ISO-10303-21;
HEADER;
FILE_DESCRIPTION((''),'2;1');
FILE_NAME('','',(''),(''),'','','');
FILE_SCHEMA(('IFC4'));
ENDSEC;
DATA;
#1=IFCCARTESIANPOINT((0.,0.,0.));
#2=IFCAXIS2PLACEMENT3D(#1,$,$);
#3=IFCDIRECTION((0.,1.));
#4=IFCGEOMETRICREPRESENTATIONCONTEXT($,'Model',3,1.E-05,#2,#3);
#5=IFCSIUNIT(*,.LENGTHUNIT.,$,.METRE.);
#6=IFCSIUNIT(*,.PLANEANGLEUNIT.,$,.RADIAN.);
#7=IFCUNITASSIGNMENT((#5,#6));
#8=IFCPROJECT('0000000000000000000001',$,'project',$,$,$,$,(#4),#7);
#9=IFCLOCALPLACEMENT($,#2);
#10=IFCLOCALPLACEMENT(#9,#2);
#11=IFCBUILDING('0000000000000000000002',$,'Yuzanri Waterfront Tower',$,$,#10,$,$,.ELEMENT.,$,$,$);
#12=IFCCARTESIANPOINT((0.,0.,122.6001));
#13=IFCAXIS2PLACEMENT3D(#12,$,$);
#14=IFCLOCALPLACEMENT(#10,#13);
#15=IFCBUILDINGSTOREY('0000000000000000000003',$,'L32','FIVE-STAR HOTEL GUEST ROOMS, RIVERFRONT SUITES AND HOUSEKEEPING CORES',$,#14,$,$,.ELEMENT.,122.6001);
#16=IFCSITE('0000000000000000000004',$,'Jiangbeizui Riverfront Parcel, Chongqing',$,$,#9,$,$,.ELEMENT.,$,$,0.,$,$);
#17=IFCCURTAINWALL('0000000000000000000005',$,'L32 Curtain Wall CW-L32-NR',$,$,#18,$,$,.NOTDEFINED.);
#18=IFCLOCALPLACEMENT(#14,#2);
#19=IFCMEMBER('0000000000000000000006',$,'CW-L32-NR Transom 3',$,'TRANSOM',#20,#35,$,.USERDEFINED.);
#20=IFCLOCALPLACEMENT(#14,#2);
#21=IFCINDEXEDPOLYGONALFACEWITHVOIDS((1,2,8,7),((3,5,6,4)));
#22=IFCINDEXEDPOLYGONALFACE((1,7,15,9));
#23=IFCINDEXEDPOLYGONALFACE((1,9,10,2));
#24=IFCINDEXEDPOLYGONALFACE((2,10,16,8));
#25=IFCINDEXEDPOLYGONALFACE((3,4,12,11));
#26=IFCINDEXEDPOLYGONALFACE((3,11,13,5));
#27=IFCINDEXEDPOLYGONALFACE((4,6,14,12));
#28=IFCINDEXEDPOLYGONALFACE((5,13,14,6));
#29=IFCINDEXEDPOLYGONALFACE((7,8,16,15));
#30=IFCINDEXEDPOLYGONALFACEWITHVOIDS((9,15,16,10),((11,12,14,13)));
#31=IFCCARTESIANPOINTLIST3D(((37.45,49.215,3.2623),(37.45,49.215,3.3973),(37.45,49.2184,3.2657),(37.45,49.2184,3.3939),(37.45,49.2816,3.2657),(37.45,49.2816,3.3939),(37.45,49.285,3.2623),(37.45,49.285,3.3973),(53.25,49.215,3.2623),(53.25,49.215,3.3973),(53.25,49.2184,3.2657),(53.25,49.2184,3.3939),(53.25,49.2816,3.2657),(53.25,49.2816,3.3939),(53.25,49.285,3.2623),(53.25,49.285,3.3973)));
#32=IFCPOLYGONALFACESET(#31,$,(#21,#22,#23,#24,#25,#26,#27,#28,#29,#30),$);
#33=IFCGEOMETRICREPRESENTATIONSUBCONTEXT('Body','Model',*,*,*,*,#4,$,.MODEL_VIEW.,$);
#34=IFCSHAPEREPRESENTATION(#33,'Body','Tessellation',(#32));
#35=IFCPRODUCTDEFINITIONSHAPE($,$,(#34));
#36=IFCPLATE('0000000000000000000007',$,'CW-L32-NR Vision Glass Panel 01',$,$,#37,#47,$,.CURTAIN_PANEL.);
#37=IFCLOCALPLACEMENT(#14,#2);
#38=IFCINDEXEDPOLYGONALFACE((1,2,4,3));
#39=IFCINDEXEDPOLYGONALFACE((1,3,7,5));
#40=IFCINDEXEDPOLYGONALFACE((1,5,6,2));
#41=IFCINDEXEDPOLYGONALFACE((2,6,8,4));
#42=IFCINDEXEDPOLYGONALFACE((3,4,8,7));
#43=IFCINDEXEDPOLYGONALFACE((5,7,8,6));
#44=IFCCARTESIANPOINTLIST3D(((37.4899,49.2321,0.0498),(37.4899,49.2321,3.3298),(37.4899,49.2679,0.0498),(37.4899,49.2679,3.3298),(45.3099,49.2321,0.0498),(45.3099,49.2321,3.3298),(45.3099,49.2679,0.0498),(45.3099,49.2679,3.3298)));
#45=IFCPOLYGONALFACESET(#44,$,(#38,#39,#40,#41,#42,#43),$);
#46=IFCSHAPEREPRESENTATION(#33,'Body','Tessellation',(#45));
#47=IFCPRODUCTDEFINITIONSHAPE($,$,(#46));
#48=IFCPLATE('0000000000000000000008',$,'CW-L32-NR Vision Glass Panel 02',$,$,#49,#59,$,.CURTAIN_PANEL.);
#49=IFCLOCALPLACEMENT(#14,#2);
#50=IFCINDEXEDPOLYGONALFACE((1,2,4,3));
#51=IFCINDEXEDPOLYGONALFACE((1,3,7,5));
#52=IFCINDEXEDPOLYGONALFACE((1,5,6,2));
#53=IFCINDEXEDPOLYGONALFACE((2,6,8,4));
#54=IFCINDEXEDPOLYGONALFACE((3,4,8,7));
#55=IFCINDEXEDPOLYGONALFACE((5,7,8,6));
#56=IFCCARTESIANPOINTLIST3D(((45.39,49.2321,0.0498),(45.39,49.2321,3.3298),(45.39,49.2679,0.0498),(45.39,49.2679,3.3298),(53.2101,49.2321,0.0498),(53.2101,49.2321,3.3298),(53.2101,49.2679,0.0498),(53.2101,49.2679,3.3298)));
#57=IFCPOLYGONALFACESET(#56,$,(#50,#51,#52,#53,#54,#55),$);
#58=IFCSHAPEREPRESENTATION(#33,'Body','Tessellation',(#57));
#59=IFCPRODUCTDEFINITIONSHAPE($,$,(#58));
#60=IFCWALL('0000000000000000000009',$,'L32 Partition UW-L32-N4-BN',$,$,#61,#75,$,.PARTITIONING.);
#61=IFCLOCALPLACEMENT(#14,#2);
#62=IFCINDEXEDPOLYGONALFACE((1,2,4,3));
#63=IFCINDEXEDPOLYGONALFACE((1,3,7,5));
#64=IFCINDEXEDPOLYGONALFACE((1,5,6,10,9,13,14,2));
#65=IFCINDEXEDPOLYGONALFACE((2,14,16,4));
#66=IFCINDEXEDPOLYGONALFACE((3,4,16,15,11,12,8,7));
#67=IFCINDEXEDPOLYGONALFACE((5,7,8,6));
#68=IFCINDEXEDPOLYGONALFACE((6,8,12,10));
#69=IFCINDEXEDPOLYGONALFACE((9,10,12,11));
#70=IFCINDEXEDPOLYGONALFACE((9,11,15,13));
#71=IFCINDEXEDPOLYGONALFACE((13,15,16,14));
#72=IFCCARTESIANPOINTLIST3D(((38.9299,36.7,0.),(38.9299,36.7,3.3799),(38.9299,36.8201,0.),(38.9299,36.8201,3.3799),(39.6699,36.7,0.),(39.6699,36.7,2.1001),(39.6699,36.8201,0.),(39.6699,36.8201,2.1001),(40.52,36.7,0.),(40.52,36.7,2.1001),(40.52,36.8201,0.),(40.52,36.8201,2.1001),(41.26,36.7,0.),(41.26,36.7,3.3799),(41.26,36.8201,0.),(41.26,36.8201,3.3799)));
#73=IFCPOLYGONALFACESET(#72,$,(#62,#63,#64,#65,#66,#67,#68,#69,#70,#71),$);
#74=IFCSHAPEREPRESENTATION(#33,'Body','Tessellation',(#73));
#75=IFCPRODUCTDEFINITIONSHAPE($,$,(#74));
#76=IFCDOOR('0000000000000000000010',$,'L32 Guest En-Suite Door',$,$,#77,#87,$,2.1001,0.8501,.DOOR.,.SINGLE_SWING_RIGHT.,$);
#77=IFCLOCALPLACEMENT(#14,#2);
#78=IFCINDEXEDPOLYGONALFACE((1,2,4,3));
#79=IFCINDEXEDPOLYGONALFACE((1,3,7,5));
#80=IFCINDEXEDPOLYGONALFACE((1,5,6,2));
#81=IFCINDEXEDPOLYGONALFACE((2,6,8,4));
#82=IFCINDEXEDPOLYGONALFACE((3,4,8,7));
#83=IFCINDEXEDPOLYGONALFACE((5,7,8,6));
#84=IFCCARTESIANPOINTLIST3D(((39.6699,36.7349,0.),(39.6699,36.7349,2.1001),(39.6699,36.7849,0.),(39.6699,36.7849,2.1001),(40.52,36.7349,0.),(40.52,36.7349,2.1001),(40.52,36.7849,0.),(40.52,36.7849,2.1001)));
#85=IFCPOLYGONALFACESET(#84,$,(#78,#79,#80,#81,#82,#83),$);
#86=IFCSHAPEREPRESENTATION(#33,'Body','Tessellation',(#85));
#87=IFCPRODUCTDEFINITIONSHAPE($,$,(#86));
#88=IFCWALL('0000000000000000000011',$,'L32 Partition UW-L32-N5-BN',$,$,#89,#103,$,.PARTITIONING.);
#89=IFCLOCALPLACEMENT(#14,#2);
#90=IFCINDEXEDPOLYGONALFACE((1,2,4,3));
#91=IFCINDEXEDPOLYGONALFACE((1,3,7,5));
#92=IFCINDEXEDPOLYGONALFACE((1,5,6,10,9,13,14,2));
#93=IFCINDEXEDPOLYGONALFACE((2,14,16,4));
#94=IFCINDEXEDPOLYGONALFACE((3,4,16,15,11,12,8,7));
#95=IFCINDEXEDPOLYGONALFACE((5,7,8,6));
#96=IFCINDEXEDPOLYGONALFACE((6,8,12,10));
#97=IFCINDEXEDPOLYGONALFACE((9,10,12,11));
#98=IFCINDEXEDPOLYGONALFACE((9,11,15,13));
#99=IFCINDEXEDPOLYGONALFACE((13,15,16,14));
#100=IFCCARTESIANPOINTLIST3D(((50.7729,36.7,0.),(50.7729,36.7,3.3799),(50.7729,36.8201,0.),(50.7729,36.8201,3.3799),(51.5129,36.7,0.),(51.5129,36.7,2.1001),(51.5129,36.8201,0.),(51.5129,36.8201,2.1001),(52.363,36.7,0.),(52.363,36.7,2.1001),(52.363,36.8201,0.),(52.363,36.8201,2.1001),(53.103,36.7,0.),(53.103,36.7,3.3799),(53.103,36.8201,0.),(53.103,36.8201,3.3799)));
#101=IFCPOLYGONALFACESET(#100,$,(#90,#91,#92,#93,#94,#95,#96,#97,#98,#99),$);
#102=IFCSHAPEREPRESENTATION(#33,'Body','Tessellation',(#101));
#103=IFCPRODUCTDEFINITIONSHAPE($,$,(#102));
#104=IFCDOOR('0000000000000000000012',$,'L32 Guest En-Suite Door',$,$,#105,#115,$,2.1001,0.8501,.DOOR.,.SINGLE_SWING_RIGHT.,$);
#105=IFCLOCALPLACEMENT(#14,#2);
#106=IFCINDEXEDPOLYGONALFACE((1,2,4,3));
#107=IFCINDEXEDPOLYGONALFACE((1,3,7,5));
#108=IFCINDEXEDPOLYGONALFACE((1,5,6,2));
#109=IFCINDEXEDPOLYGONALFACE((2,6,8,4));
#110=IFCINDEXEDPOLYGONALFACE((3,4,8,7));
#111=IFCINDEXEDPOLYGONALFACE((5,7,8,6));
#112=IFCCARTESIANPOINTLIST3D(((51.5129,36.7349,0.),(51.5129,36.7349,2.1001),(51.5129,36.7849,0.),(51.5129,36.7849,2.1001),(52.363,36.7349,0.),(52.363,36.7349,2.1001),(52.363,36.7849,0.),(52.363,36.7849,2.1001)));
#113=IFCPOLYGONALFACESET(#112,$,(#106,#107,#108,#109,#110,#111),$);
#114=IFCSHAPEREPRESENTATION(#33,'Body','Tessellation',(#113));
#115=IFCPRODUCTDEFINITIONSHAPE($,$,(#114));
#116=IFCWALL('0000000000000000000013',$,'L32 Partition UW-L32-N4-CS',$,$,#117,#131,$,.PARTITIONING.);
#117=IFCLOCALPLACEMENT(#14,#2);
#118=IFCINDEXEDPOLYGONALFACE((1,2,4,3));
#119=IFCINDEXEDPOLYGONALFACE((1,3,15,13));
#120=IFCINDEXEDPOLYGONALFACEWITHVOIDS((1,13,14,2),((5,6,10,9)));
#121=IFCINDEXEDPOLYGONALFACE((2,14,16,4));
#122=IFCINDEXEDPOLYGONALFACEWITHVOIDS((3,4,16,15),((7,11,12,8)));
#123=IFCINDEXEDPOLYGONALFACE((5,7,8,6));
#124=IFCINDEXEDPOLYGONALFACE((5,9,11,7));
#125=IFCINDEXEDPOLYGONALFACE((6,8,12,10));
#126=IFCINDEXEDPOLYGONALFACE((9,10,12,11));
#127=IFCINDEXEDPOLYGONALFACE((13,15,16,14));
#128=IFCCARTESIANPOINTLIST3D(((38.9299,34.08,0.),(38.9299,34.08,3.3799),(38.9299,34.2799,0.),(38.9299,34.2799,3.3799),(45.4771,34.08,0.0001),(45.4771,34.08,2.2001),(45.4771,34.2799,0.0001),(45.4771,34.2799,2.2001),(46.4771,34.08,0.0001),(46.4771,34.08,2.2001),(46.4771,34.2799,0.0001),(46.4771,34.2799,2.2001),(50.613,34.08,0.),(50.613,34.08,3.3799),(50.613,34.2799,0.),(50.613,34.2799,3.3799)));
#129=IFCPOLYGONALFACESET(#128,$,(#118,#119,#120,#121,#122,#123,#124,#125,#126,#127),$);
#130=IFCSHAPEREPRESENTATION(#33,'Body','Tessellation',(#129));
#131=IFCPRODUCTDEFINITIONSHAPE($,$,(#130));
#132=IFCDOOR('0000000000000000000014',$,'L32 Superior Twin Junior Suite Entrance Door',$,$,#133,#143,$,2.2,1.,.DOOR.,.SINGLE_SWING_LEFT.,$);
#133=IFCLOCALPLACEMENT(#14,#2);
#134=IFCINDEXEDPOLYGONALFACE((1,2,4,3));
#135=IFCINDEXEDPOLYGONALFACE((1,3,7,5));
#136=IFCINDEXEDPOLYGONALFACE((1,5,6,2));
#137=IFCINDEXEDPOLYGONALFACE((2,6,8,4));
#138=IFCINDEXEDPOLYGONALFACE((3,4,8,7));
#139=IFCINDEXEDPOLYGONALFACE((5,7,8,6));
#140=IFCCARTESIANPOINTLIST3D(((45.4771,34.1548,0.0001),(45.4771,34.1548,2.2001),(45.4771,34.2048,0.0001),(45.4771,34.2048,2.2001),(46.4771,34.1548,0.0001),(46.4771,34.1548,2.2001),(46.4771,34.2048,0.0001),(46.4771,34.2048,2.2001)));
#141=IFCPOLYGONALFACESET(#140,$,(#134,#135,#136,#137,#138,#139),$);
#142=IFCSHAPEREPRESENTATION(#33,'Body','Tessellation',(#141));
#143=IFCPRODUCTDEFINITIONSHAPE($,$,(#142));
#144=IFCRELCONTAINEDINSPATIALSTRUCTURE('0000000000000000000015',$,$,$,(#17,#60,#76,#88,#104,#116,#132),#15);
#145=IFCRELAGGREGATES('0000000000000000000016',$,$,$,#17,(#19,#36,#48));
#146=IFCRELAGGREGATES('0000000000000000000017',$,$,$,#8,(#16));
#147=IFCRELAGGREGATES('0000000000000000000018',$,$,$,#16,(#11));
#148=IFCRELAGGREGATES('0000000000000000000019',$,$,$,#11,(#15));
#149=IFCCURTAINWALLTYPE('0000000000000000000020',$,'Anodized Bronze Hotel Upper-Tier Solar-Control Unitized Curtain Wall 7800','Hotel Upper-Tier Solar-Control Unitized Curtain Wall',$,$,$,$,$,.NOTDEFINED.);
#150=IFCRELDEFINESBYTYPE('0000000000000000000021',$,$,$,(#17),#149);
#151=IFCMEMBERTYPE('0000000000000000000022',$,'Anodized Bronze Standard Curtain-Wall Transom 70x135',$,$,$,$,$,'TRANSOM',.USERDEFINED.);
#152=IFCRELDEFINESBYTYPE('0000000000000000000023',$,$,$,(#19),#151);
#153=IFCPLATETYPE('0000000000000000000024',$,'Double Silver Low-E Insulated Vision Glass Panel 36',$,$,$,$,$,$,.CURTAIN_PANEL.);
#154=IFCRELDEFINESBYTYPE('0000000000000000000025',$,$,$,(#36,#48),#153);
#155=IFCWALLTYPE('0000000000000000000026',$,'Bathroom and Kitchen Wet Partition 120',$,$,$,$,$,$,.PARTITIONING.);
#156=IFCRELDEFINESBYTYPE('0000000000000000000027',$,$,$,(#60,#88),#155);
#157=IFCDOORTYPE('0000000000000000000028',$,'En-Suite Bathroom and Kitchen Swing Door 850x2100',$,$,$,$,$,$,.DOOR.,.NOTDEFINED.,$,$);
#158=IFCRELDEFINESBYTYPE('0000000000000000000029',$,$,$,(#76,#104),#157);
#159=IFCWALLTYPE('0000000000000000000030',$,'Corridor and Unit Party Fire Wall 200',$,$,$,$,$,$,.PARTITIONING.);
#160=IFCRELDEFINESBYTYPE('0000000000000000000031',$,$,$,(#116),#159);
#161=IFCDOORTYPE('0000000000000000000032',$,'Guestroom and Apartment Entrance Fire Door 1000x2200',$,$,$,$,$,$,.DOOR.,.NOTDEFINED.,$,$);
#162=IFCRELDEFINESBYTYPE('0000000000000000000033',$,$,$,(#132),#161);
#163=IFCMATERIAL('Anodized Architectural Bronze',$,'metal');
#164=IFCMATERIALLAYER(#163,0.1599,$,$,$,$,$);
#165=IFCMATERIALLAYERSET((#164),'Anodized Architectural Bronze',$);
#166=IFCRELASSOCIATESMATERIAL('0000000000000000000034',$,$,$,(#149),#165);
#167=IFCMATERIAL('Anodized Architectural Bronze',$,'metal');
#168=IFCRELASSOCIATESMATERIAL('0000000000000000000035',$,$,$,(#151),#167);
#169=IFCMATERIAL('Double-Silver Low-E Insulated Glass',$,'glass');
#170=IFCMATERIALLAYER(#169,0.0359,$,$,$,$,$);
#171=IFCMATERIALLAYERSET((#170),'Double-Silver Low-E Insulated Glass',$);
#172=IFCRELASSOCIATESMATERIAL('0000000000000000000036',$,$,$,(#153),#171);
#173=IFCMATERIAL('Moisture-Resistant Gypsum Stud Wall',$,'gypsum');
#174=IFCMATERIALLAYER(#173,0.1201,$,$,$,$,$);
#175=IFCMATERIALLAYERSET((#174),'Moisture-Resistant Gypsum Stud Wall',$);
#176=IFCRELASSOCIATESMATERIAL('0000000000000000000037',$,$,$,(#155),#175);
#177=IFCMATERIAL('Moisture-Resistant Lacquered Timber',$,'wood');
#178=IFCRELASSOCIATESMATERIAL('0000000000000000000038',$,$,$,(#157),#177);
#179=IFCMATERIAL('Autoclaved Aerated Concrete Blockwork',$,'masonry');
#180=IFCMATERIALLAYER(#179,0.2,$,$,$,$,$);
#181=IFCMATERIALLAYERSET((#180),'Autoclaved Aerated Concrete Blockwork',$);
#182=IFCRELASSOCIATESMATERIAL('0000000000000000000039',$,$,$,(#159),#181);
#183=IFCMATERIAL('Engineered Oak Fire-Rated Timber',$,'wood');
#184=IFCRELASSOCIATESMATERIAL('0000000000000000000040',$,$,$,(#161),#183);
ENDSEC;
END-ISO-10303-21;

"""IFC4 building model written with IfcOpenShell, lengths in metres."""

from ifc_helpers import new_model, si_unit, direction, frame, frame_2d, origin, origin_2d, place, context, subcontext, project, spatial, rectangle, hollow_rectangle, extrude, source, transform, mapped, material, layer, layer_set, material_profile, profile_set, type_object, element, fill, aggregate, save


model = new_model("IFC4")

# Units and contexts
model_context = context("Model", 3, precision=1e-05, world=origin(), true_north=direction((0.0, 1.0)))
body_context = subcontext(model_context, "Body", "Model", "MODEL_VIEW")
ifc_project = project(units=[si_unit("LENGTHUNIT", "METRE"), si_unit("PLANEANGLEUNIT", "RADIAN")], contexts=[model_context])

# Site, building, storey
site_placement = place(None, origin())
site = spatial("IfcSite", under=ifc_project, at=site_placement, Name="Jiangbeizui Riverfront Parcel, Chongqing", CompositionType="ELEMENT", RefElevation=0.0)
building_placement = place(site_placement, origin())
building = spatial("IfcBuilding", under=site, at=building_placement, Name="Yuzanri Waterfront Tower", CompositionType="ELEMENT")
storey_placement = place(building_placement, frame((0.0, 0.0, 122.6001)))
storey = spatial("IfcBuildingStorey", under=building, at=storey_placement, Name="L32", Description="FIVE-STAR HOTEL GUEST ROOMS, RIVERFRONT SUITES AND HOUSEKEEPING CORES", CompositionType="ELEMENT", Elevation=122.6001)

# Curtain wall, member, plates
ifc_material_1 = material(Name="Anodized Architectural Bronze", Category="metal")
ifc_layer_1 = layer(ifc_material_1, 0.1599)
ifc_layer_set_1 = layer_set([ifc_layer_1], Name="Anodized Architectural Bronze")
curtain_wall_type = type_object("IfcCurtainWallType", Name="Anodized Bronze Hotel Upper-Tier Solar-Control Unitized Curtain Wall 7800", Description="Hotel Upper-Tier Solar-Control Unitized Curtain Wall", PredefinedType="NOTDEFINED", material=ifc_layer_set_1)
curtain_wall_placement = place(storey_placement, origin())
curtain_wall = element("IfcCurtainWall", 1, at=curtain_wall_placement, inside=storey, type_object=curtain_wall_type, Name="L32 Curtain Wall CW-L32-NR", PredefinedType="NOTDEFINED")
ifc_material_2 = material(Name="Anodized Architectural Bronze", Category="metal")
ifc_material_profile_1 = material_profile(ifc_material_2, hollow_rectangle(XDim=0.0701, YDim=0.135, WallThickness=0.0034, at=origin_2d()), Name="CWT 70x135")
ifc_profile_set_1 = profile_set([ifc_material_profile_1], Name="Anodized Architectural Bronze")
member_type_1 = type_object("IfcMemberType", Name="Anodized Bronze Standard Curtain-Wall Transom 70x135", ElementType="TRANSOM", PredefinedType="USERDEFINED", material=ifc_profile_set_1)
shared_shape_1 = source(origin(), body_context, "Body", "SweptSolid", [
    extrude(hollow_rectangle(XDim=0.0701, YDim=0.135, WallThickness=0.0034, at=origin_2d()), origin(), (0.0, 0.0, 1.0), 15.8),
])
member_1_placement = place(storey_placement, frame((37.45, 49.25, 3.3298), z_axis=(1.0, 0.0, 0.0), x_axis=(0.0, 1.0, 0.0)))
member_1 = element("IfcMember", 2, at=member_1_placement, type_object=member_type_1, Name="CW-L32-NR Transom 3", ObjectType="TRANSOM", PredefinedType="USERDEFINED", context=body_context, shape_type="MappedRepresentation", body=[
    mapped(shared_shape_1, transform((0.0, 0.0, 0.0), scale=1.0)),
])
ifc_material_3 = material(Name="Double-Silver Low-E Insulated Glass", Category="glass")
ifc_layer_2 = layer(ifc_material_3, 0.0359)
ifc_layer_set_2 = layer_set([ifc_layer_2], Name="Double-Silver Low-E Insulated Glass")
plate_type = type_object("IfcPlateType", Name="Double Silver Low-E Insulated Vision Glass Panel 36", PredefinedType="CURTAIN_PANEL", material=ifc_layer_set_2)
shared_shape_2 = source(origin(), body_context, "Body", "SweptSolid", [
    extrude(rectangle(XDim=7.8201, YDim=0.0359, at=origin_2d()), origin(), (0.0, 0.0, 1.0), 3.28),
])
plate_1_placement = place(storey_placement, frame((41.3999, 49.25, 0.0498), z_axis=(0.0, 0.0, 1.0), x_axis=(1.0, 0.0, 0.0)))
plate_1 = element("IfcPlate", 3, at=plate_1_placement, type_object=plate_type, Name="CW-L32-NR Vision Glass Panel 01", PredefinedType="CURTAIN_PANEL", context=body_context, shape_type="MappedRepresentation", body=[
    mapped(shared_shape_2, transform((0.0, 0.0, 0.0), scale=1.0)),
])
plate_2_placement = place(storey_placement, frame((49.3, 49.25, 0.0498), z_axis=(0.0, 0.0, 1.0), x_axis=(1.0, 0.0, 0.0)))
plate_2 = element("IfcPlate", 4, at=plate_2_placement, type_object=plate_type, Name="CW-L32-NR Vision Glass Panel 02", PredefinedType="CURTAIN_PANEL", context=body_context, shape_type="MappedRepresentation", body=[
    mapped(shared_shape_2, transform((0.0, 0.0, 0.0), scale=1.0)),
])
aggregate(curtain_wall, [member_1, plate_1, plate_2])

# Walls, openings, doors
ifc_material_4 = material(Name="Moisture-Resistant Gypsum Stud Wall", Category="gypsum")
ifc_layer_3 = layer(ifc_material_4, 0.1201)
ifc_layer_set_3 = layer_set([ifc_layer_3], Name="Moisture-Resistant Gypsum Stud Wall")
wall_type_1 = type_object("IfcWallType", Name="Bathroom and Kitchen Wet Partition 120", PredefinedType="PARTITIONING", material=ifc_layer_set_3)
wall_1_placement = place(storey_placement, frame((38.9299, 36.76, 0.0), z_axis=(0.0, 0.0, 1.0), x_axis=(1.0, 0.0, 0.0)))
wall_1 = element("IfcWall", 5, at=wall_1_placement, inside=storey, type_object=wall_type_1, Name="L32 Partition UW-L32-N4-BN", PredefinedType="PARTITIONING", context=body_context, shape_type="SweptSolid", body=[
    extrude(rectangle(XDim=2.3301, YDim=0.1201, at=frame_2d((1.165, 0.0))), origin(), (0.0, 0.0, 1.0), 3.3799),
])
opening_1_placement = place(wall_1_placement, frame((0.74, 0.0, 0.0)))
opening_1 = element("IfcOpeningElement", 6, at=opening_1_placement, cuts=wall_1, PredefinedType="OPENING", context=body_context, shape_type="SweptSolid", body=[
    extrude(rectangle(XDim=0.8501, YDim=2.1001, at=frame_2d((0.425, 1.05))), frame((0.0, 0.075, 0.0), z_axis=(0.0, -1.0, 0.0), x_axis=(1.0, 0.0, 0.0)), (0.0, 0.0, 1.0), 0.1499),
])
ifc_material_5 = material(Name="Moisture-Resistant Lacquered Timber", Category="wood")
door_type_1 = type_object("IfcDoorType", Name="En-Suite Bathroom and Kitchen Swing Door 850x2100", OperationType="NOTDEFINED", PredefinedType="DOOR", material=ifc_material_5)
shared_shape_3 = source(origin(), body_context, "Body", "SweptSolid", [
    extrude(rectangle(XDim=0.8501, YDim=2.1001, at=frame_2d((0.425, 1.05))), frame((0.0, 0.0249, 0.0), z_axis=(0.0, -1.0, 0.0), x_axis=(1.0, 0.0, 0.0)), (0.0, 0.0, 1.0), 0.05),
])
door_1_placement = place(opening_1_placement, origin())
door_1 = element("IfcDoor", 7, at=door_1_placement, inside=storey, type_object=door_type_1, Name="L32 Guest En-Suite Door", OperationType="SINGLE_SWING_RIGHT", OverallHeight=2.1001, OverallWidth=0.8501, PredefinedType="DOOR", context=body_context, shape_type="MappedRepresentation", body=[
    mapped(shared_shape_3, transform((0.0, 0.0, 0.0), scale=1.0)),
])
fill(opening_1, door_1)
wall_2_placement = place(storey_placement, frame((50.7729, 36.76, 0.0), z_axis=(0.0, 0.0, 1.0), x_axis=(1.0, 0.0, 0.0)))
wall_2 = element("IfcWall", 8, at=wall_2_placement, inside=storey, type_object=wall_type_1, Name="L32 Partition UW-L32-N5-BN", PredefinedType="PARTITIONING", context=body_context, shape_type="SweptSolid", body=[
    extrude(rectangle(XDim=2.3301, YDim=0.1201, at=frame_2d((1.165, 0.0))), origin(), (0.0, 0.0, 1.0), 3.3799),
])
opening_2_placement = place(wall_2_placement, frame((0.74, 0.0, 0.0)))
opening_2 = element("IfcOpeningElement", 9, at=opening_2_placement, cuts=wall_2, PredefinedType="OPENING", context=body_context, shape_type="SweptSolid", body=[
    extrude(rectangle(XDim=0.8501, YDim=2.1001, at=frame_2d((0.425, 1.05))), frame((0.0, 0.075, 0.0), z_axis=(0.0, -1.0, 0.0), x_axis=(1.0, 0.0, 0.0)), (0.0, 0.0, 1.0), 0.1499),
])
door_2_placement = place(opening_2_placement, origin())
door_2 = element("IfcDoor", 10, at=door_2_placement, inside=storey, type_object=door_type_1, Name="L32 Guest En-Suite Door", OperationType="SINGLE_SWING_RIGHT", OverallHeight=2.1001, OverallWidth=0.8501, PredefinedType="DOOR", context=body_context, shape_type="MappedRepresentation", body=[
    mapped(shared_shape_3, transform((0.0, 0.0, 0.0), scale=1.0)),
])
fill(opening_2, door_2)
ifc_material_6 = material(Name="Autoclaved Aerated Concrete Blockwork", Category="masonry")
ifc_layer_4 = layer(ifc_material_6, 0.2)
ifc_layer_set_4 = layer_set([ifc_layer_4], Name="Autoclaved Aerated Concrete Blockwork")
wall_type_2 = type_object("IfcWallType", Name="Corridor and Unit Party Fire Wall 200", PredefinedType="PARTITIONING", material=ifc_layer_set_4)
wall_3_placement = place(storey_placement, frame((38.9299, 34.1799, 0.0), z_axis=(0.0, 0.0, 1.0), x_axis=(1.0, 0.0, 0.0)))
wall_3 = element("IfcWall", 11, at=wall_3_placement, inside=storey, type_object=wall_type_2, Name="L32 Partition UW-L32-N4-CS", PredefinedType="PARTITIONING", context=body_context, shape_type="SweptSolid", body=[
    extrude(rectangle(XDim=11.6831, YDim=0.2, at=frame_2d((5.8416, 0.0))), origin(), (0.0, 0.0, 1.0), 3.3799),
])
opening_3_placement = place(wall_3_placement, frame((6.5471, 0.0, 0.0)))
opening_3 = element("IfcOpeningElement", 12, at=opening_3_placement, cuts=wall_3, PredefinedType="OPENING", context=body_context, shape_type="SweptSolid", body=[
    extrude(rectangle(XDim=1.0, YDim=2.2, at=frame_2d((0.5, 1.1001))), frame((0.0, 0.1147, 0.0), z_axis=(0.0, -1.0, 0.0), x_axis=(1.0, 0.0, 0.0)), (0.0, 0.0, 1.0), 0.2297),
])
ifc_material_7 = material(Name="Engineered Oak Fire-Rated Timber", Category="wood")
door_type_2 = type_object("IfcDoorType", Name="Guestroom and Apartment Entrance Fire Door 1000x2200", OperationType="NOTDEFINED", PredefinedType="DOOR", material=ifc_material_7)
shared_shape_4 = source(origin(), body_context, "Body", "SweptSolid", [
    extrude(rectangle(XDim=1.0, YDim=2.2, at=frame_2d((0.5, 1.1001))), frame((0.0, 0.0249, 0.0), z_axis=(0.0, -1.0, 0.0), x_axis=(1.0, 0.0, 0.0)), (0.0, 0.0, 1.0), 0.05),
])
door_3_placement = place(opening_3_placement, origin())
door_3 = element("IfcDoor", 13, at=door_3_placement, inside=storey, type_object=door_type_2, Name="L32 Superior Twin Junior Suite Entrance Door", OperationType="SINGLE_SWING_LEFT", OverallHeight=2.2, OverallWidth=1.0, PredefinedType="DOOR", context=body_context, shape_type="MappedRepresentation", body=[
    mapped(shared_shape_4, transform((0.0, 0.0, 0.0), scale=1.0)),
])
fill(opening_3, door_3)

save(model, "model.ifc")
